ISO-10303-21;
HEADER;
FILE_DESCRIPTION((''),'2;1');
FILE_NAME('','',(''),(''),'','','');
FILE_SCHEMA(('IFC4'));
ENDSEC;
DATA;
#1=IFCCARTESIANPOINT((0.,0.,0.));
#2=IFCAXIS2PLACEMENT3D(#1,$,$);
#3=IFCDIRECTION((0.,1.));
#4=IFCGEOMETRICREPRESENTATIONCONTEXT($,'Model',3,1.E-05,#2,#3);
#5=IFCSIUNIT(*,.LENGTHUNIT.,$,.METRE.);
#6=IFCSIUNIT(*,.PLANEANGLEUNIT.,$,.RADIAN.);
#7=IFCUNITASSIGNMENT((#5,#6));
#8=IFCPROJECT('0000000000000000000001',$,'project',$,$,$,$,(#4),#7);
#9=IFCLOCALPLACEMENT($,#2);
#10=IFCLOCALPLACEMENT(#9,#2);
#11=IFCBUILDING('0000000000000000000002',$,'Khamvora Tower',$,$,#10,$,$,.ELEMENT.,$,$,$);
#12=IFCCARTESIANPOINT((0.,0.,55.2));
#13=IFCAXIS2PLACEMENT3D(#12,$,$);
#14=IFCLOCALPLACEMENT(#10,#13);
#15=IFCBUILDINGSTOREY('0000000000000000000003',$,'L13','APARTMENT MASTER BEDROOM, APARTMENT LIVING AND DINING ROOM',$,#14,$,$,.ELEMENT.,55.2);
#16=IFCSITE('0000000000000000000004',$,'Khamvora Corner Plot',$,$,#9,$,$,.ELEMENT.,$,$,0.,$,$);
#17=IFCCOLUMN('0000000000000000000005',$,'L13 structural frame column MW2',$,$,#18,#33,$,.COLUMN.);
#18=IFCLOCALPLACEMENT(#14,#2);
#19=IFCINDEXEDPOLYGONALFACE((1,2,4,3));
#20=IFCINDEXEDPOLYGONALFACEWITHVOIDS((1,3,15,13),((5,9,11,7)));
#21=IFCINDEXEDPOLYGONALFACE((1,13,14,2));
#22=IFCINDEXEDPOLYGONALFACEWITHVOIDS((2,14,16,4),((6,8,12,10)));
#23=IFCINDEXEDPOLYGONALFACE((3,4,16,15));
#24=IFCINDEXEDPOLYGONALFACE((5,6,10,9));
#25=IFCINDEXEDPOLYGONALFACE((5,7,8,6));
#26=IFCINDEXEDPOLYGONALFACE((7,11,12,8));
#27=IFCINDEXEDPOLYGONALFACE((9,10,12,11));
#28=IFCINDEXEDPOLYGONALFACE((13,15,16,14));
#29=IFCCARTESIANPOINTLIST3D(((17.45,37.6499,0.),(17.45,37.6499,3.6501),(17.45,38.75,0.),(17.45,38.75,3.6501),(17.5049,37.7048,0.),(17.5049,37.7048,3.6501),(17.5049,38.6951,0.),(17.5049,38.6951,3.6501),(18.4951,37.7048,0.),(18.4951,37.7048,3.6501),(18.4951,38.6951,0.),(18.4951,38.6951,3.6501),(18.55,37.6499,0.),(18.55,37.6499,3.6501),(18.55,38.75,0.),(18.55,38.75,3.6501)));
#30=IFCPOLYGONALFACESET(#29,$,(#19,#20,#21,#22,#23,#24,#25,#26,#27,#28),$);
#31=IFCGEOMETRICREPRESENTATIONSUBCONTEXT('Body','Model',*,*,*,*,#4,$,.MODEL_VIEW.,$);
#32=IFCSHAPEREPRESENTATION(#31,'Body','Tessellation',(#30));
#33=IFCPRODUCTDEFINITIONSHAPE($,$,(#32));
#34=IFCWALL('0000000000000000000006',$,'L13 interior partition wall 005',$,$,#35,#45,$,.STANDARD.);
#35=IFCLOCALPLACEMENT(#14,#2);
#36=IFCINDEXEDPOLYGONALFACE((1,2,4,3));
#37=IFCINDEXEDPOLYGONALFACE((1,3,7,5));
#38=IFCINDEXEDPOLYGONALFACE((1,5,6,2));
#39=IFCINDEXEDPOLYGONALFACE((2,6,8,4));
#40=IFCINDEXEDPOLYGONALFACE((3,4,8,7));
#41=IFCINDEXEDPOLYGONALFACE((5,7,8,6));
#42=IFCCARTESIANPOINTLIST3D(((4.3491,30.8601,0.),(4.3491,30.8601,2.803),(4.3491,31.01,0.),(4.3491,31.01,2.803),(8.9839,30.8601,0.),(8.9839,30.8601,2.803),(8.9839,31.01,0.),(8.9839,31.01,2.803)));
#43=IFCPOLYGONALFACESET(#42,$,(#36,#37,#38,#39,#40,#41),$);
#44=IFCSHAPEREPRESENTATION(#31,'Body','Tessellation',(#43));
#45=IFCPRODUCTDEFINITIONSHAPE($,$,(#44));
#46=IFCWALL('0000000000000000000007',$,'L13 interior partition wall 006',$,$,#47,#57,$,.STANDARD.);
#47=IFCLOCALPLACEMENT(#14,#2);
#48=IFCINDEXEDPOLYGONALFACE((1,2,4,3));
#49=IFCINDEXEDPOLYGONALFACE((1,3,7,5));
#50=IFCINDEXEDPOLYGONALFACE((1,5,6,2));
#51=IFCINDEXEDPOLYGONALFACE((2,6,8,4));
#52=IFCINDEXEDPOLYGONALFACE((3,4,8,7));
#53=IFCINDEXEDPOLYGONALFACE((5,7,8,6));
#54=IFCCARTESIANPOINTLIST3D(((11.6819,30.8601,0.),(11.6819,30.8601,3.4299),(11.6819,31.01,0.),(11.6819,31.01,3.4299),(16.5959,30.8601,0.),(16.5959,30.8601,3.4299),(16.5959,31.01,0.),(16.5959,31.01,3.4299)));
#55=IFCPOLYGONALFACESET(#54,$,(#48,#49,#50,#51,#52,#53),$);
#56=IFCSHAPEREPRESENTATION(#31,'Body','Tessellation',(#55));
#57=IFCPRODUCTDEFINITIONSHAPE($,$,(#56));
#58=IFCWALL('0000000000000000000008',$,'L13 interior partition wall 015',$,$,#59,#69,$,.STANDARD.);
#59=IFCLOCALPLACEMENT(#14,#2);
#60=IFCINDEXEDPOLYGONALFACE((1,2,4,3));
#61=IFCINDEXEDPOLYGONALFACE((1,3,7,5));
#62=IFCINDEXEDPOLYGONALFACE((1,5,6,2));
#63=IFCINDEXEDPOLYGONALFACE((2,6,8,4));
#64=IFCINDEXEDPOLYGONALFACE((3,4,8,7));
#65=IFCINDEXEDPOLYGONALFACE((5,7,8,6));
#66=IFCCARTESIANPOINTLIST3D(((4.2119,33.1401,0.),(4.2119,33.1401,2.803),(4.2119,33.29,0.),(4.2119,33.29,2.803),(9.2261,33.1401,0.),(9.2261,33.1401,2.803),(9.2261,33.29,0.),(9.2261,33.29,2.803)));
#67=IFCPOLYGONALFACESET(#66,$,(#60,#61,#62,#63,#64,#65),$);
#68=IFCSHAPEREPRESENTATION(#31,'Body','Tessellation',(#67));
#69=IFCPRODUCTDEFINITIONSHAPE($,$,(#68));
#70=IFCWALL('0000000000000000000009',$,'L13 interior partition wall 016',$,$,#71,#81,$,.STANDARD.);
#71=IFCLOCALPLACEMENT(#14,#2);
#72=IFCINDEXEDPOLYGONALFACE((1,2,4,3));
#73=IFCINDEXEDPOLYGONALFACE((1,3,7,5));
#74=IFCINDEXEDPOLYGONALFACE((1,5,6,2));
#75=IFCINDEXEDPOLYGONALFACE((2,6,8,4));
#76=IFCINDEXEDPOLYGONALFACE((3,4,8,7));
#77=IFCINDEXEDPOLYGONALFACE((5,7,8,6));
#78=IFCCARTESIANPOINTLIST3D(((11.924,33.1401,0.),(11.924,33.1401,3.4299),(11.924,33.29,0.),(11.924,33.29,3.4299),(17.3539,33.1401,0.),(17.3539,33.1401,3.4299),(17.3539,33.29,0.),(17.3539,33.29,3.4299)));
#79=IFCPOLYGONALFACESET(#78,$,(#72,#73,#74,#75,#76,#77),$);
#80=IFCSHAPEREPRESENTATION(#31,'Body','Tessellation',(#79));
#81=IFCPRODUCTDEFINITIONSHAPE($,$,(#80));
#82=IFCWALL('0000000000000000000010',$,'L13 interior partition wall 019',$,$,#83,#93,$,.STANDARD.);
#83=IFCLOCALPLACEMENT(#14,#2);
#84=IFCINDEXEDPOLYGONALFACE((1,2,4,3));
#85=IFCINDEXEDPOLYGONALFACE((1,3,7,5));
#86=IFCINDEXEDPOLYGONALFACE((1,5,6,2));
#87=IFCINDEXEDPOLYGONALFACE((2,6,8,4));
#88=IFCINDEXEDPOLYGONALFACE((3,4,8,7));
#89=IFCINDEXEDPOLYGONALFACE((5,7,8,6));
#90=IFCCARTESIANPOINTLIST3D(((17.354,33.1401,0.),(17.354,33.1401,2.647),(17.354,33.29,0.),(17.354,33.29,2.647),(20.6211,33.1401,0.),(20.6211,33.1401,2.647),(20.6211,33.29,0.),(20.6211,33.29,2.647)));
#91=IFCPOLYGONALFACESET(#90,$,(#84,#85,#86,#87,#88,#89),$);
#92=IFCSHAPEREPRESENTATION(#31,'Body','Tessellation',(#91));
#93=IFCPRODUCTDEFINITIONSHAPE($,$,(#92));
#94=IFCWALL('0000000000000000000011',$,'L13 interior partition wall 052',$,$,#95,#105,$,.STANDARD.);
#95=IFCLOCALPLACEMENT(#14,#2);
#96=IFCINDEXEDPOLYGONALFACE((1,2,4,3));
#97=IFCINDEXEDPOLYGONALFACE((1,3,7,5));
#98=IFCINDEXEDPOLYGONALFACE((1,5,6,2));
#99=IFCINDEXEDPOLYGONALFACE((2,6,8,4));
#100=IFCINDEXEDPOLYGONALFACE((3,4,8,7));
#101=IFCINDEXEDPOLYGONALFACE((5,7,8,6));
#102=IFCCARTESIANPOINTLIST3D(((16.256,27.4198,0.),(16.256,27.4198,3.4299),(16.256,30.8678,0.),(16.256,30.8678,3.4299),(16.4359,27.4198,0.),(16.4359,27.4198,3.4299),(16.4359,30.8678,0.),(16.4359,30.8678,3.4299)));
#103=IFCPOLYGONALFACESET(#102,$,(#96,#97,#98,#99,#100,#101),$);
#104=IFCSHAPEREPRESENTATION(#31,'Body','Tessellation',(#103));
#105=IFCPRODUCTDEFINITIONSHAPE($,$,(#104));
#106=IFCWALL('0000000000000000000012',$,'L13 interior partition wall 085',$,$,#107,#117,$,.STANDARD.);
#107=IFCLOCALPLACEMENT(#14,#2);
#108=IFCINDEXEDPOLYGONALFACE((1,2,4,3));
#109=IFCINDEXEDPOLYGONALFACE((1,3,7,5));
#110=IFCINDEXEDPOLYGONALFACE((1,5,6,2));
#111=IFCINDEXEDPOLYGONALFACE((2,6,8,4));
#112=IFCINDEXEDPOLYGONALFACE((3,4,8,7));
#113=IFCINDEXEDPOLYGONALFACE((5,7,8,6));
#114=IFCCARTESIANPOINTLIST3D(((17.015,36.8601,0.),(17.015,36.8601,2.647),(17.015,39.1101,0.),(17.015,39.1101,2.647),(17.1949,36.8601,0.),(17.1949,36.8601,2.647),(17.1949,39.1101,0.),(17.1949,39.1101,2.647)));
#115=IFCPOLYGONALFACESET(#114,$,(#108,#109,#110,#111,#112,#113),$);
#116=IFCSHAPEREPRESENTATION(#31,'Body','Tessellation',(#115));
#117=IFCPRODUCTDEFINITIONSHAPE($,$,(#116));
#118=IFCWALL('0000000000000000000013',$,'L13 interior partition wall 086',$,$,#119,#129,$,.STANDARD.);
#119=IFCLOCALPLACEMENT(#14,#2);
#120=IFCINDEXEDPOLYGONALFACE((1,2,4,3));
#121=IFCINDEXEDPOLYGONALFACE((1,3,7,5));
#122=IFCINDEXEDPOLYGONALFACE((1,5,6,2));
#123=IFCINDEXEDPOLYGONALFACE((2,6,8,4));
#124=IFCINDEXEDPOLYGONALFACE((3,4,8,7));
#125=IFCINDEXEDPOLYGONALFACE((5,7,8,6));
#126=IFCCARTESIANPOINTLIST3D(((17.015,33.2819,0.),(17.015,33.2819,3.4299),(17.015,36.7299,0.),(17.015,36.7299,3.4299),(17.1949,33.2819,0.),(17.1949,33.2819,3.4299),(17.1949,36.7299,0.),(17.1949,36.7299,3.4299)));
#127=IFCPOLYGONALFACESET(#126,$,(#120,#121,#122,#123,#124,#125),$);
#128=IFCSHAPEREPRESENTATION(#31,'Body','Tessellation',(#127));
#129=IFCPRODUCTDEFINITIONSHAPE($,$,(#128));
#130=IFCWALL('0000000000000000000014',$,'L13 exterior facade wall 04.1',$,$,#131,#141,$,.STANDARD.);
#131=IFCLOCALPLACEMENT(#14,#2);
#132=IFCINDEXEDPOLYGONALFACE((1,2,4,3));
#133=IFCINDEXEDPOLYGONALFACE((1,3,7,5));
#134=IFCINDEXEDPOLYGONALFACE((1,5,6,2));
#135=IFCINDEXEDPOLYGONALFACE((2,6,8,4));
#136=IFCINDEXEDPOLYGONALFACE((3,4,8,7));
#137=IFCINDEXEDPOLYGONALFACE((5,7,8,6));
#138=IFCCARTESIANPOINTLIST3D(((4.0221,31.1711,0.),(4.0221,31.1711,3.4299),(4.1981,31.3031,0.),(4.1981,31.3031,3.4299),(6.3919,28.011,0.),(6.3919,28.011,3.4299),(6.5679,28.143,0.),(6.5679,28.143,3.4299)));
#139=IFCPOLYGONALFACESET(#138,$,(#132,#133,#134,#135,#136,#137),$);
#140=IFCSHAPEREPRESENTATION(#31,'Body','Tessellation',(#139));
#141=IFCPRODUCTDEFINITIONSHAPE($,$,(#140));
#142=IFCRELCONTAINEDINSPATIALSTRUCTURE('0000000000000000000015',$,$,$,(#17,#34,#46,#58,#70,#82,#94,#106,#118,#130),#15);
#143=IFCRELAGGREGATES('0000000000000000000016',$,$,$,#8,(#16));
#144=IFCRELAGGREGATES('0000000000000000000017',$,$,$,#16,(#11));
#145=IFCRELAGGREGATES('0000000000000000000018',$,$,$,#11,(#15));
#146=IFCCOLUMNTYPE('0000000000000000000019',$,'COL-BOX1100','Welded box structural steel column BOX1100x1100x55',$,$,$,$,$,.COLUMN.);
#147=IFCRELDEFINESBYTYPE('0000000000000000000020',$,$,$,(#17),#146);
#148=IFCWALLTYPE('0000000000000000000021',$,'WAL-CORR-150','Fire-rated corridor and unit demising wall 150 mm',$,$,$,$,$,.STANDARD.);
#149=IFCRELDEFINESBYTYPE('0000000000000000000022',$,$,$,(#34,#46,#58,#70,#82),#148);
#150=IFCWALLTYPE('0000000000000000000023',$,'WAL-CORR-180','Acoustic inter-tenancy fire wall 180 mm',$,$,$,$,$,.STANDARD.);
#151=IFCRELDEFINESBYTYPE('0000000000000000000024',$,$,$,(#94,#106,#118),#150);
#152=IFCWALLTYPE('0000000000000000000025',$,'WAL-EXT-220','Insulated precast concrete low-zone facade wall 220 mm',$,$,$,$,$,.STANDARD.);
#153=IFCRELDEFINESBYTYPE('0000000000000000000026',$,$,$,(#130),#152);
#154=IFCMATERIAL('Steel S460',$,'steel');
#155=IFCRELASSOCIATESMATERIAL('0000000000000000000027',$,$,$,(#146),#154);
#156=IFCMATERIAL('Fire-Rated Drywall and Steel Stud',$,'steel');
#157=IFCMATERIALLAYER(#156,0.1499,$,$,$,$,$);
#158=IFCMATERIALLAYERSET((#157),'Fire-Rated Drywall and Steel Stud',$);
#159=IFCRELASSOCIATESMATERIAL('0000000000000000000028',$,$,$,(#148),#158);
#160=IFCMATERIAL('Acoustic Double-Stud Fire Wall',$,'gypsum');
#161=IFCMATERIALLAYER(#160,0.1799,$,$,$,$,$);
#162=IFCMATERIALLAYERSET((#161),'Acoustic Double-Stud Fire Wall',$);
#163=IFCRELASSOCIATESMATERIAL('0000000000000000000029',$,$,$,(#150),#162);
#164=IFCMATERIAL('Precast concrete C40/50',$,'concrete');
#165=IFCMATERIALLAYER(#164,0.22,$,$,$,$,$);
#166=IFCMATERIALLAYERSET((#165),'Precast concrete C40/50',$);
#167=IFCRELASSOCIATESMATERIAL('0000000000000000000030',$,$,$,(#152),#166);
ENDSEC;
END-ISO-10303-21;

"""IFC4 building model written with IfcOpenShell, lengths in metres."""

from ifc_helpers import new_model, si_unit, direction, frame, frame_2d, origin, origin_2d, place, context, subcontext, project, spatial, rectangle, hollow_rectangle, extrude, material, layer, layer_set, material_profile, profile_set, type_object, element, save


model = new_model("IFC4")

# Units and contexts
model_context = context("Model", 3, precision=1e-05, world=origin(), true_north=direction((0.0, 1.0)))
body_context = subcontext(model_context, "Body", "Model", "MODEL_VIEW")
ifc_project = project(units=[si_unit("LENGTHUNIT", "METRE"), si_unit("PLANEANGLEUNIT", "RADIAN")], contexts=[model_context])

# Site, building, storey
site_placement = place(None, origin())
site = spatial("IfcSite", under=ifc_project, at=site_placement, Name="Khamvora Corner Plot", CompositionType="ELEMENT", RefElevation=0.0)
building_placement = place(site_placement, origin())
building = spatial("IfcBuilding", under=site, at=building_placement, Name="Khamvora Tower", CompositionType="ELEMENT")
storey_placement = place(building_placement, frame((0.0, 0.0, 55.2)))
storey = spatial("IfcBuildingStorey", under=building, at=storey_placement, Name="L13", Description="APARTMENT MASTER BEDROOM, APARTMENT LIVING AND DINING ROOM", CompositionType="ELEMENT", Elevation=55.2)

# Column
ifc_material_1 = material(Name="Steel S460", Category="steel")
ifc_material_profile = material_profile(ifc_material_1, hollow_rectangle(XDim=1.1001, YDim=1.1001, WallThickness=0.0549, at=origin_2d()), Name="BOX1100x1100x55")
ifc_profile_set = profile_set([ifc_material_profile], Name="Steel S460")
column_type = type_object("IfcColumnType", Name="COL-BOX1100", Description="Welded box structural steel column BOX1100x1100x55", PredefinedType="COLUMN", material=ifc_profile_set)
column_placement = place(storey_placement, frame((18.0, 38.2, 0.0), z_axis=(0.0, 0.0, 1.0), x_axis=(1.0, 0.0, 0.0)))
element("IfcColumn", 1, at=column_placement, inside=storey, type_object=column_type, Name="L13 structural frame column MW2", PredefinedType="COLUMN", context=body_context, shape_type="SweptSolid", body=[
    extrude(hollow_rectangle(XDim=1.1001, YDim=1.1001, WallThickness=0.0549, at=origin_2d()), origin(), (0.0, 0.0, 1.0), 3.6501),
])

# Shared definitions
ifc_material_2 = material(Name="Fire-Rated Drywall and Steel Stud", Category="steel")
ifc_layer_1 = layer(ifc_material_2, 0.1499)
ifc_layer_set_1 = layer_set([ifc_layer_1], Name="Fire-Rated Drywall and Steel Stud")
wall_type_1 = type_object("IfcWallType", Name="WAL-CORR-150", Description="Fire-rated corridor and unit demising wall 150 mm", PredefinedType="STANDARD", material=ifc_layer_set_1)

# Walls
wall_1_placement = place(storey_placement, frame((8.9839, 30.9351, 0.0), z_axis=(0.0, 0.0, 1.0), x_axis=(-1.0, 0.0, 0.0)))
element("IfcWall", 2, at=wall_1_placement, inside=storey, type_object=wall_type_1, Name="L13 interior partition wall 005", PredefinedType="STANDARD", context=body_context, shape_type="SweptSolid", body=[
    extrude(rectangle(XDim=4.6348, YDim=0.1499, at=frame_2d((2.3174, 0.0))), origin(), (0.0, 0.0, 1.0), 2.803),
])
wall_2_placement = place(storey_placement, frame((16.5959, 30.9351, 0.0), z_axis=(0.0, 0.0, 1.0), x_axis=(-1.0, 0.0, 0.0)))
element("IfcWall", 3, at=wall_2_placement, inside=storey, type_object=wall_type_1, Name="L13 interior partition wall 006", PredefinedType="STANDARD", context=body_context, shape_type="SweptSolid", body=[
    extrude(rectangle(XDim=4.9141, YDim=0.1499, at=frame_2d((2.457, 0.0))), origin(), (0.0, 0.0, 1.0), 3.4299),
])

# Walls
wall_3_placement = place(storey_placement, frame((4.2119, 33.2151, 0.0), z_axis=(0.0, 0.0, 1.0), x_axis=(1.0, 0.0, 0.0)))
element("IfcWall", 4, at=wall_3_placement, inside=storey, type_object=wall_type_1, Name="L13 interior partition wall 015", PredefinedType="STANDARD", context=body_context, shape_type="SweptSolid", body=[
    extrude(rectangle(XDim=5.0142, YDim=0.1499, at=frame_2d((2.5071, 0.0))), origin(), (0.0, 0.0, 1.0), 2.803),
])
wall_4_placement = place(storey_placement, frame((11.9241, 33.2151, 0.0), z_axis=(0.0, 0.0, 1.0), x_axis=(1.0, 0.0, 0.0)))
element("IfcWall", 5, at=wall_4_placement, inside=storey, type_object=wall_type_1, Name="L13 interior partition wall 016", PredefinedType="STANDARD", context=body_context, shape_type="SweptSolid", body=[
    extrude(rectangle(XDim=5.4299, YDim=0.1499, at=frame_2d((2.7148, 0.0))), origin(), (0.0, 0.0, 1.0), 3.4299),
])
wall_5_placement = place(storey_placement, frame((17.354, 33.2151, 0.0), z_axis=(0.0, 0.0, 1.0), x_axis=(1.0, 0.0, 0.0)))
element("IfcWall", 6, at=wall_5_placement, inside=storey, type_object=wall_type_1, Name="L13 interior partition wall 019", PredefinedType="STANDARD", context=body_context, shape_type="SweptSolid", body=[
    extrude(rectangle(XDim=3.2671, YDim=0.1499, at=frame_2d((1.6335, 0.0))), origin(), (0.0, 0.0, 1.0), 2.647),
])
ifc_material_3 = material(Name="Acoustic Double-Stud Fire Wall", Category="gypsum")
ifc_layer_2 = layer(ifc_material_3, 0.1799)
ifc_layer_set_2 = layer_set([ifc_layer_2], Name="Acoustic Double-Stud Fire Wall")
wall_type_2 = type_object("IfcWallType", Name="WAL-CORR-180", Description="Acoustic inter-tenancy fire wall 180 mm", PredefinedType="STANDARD", material=ifc_layer_set_2)
wall_6_placement = place(storey_placement, frame((16.3459, 30.8679, 0.0), z_axis=(0.0, 0.0, 1.0), x_axis=(0.0, -1.0, 0.0)))
element("IfcWall", 7, at=wall_6_placement, inside=storey, type_object=wall_type_2, Name="L13 interior partition wall 052", PredefinedType="STANDARD", context=body_context, shape_type="SweptSolid", body=[
    extrude(rectangle(XDim=3.448, YDim=0.1799, at=frame_2d((1.7241, 0.0))), origin(), (0.0, 0.0, 1.0), 3.4299),
])
wall_7_placement = place(storey_placement, frame((17.105, 39.1101, 0.0), z_axis=(0.0, 0.0, 1.0), x_axis=(0.0, -1.0, 0.0)))
element("IfcWall", 8, at=wall_7_placement, inside=storey, type_object=wall_type_2, Name="L13 interior partition wall 085", PredefinedType="STANDARD", context=body_context, shape_type="SweptSolid", body=[
    extrude(rectangle(XDim=2.25, YDim=0.1799, at=frame_2d((1.125, 0.0))), origin(), (0.0, 0.0, 1.0), 2.647),
])
wall_8_placement = place(storey_placement, frame((17.105, 36.73, 0.0), z_axis=(0.0, 0.0, 1.0), x_axis=(0.0, -1.0, 0.0)))
element("IfcWall", 9, at=wall_8_placement, inside=storey, type_object=wall_type_2, Name="L13 interior partition wall 086", PredefinedType="STANDARD", context=body_context, shape_type="SweptSolid", body=[
    extrude(rectangle(XDim=3.448, YDim=0.1799, at=frame_2d((1.7241, 0.0))), origin(), (0.0, 0.0, 1.0), 3.4299),
])
ifc_material_4 = material(Name="Precast concrete C40/50", Category="concrete")
ifc_layer_3 = layer(ifc_material_4, 0.22)
ifc_layer_set_3 = layer_set([ifc_layer_3], Name="Precast concrete C40/50")
wall_type_3 = type_object("IfcWallType", Name="WAL-EXT-220", Description="Insulated precast concrete low-zone facade wall 220 mm", PredefinedType="STANDARD", material=ifc_layer_set_3)
wall_9_placement = place(storey_placement, frame((6.48, 28.0769, 0.0), z_axis=(0.0, 0.0, 1.0), x_axis=(-0.59996, 0.80003, 0.0)))
element("IfcWall", 10, at=wall_9_placement, inside=storey, type_object=wall_type_3, Name="L13 exterior facade wall 04.1", PredefinedType="STANDARD", context=body_context, shape_type="SweptSolid", body=[
    extrude(rectangle(XDim=3.95, YDim=0.22, at=frame_2d((1.9751, 0.0))), origin(), (0.0, 0.0, 1.0), 3.4299),
])

save(model, "model.ifc")
